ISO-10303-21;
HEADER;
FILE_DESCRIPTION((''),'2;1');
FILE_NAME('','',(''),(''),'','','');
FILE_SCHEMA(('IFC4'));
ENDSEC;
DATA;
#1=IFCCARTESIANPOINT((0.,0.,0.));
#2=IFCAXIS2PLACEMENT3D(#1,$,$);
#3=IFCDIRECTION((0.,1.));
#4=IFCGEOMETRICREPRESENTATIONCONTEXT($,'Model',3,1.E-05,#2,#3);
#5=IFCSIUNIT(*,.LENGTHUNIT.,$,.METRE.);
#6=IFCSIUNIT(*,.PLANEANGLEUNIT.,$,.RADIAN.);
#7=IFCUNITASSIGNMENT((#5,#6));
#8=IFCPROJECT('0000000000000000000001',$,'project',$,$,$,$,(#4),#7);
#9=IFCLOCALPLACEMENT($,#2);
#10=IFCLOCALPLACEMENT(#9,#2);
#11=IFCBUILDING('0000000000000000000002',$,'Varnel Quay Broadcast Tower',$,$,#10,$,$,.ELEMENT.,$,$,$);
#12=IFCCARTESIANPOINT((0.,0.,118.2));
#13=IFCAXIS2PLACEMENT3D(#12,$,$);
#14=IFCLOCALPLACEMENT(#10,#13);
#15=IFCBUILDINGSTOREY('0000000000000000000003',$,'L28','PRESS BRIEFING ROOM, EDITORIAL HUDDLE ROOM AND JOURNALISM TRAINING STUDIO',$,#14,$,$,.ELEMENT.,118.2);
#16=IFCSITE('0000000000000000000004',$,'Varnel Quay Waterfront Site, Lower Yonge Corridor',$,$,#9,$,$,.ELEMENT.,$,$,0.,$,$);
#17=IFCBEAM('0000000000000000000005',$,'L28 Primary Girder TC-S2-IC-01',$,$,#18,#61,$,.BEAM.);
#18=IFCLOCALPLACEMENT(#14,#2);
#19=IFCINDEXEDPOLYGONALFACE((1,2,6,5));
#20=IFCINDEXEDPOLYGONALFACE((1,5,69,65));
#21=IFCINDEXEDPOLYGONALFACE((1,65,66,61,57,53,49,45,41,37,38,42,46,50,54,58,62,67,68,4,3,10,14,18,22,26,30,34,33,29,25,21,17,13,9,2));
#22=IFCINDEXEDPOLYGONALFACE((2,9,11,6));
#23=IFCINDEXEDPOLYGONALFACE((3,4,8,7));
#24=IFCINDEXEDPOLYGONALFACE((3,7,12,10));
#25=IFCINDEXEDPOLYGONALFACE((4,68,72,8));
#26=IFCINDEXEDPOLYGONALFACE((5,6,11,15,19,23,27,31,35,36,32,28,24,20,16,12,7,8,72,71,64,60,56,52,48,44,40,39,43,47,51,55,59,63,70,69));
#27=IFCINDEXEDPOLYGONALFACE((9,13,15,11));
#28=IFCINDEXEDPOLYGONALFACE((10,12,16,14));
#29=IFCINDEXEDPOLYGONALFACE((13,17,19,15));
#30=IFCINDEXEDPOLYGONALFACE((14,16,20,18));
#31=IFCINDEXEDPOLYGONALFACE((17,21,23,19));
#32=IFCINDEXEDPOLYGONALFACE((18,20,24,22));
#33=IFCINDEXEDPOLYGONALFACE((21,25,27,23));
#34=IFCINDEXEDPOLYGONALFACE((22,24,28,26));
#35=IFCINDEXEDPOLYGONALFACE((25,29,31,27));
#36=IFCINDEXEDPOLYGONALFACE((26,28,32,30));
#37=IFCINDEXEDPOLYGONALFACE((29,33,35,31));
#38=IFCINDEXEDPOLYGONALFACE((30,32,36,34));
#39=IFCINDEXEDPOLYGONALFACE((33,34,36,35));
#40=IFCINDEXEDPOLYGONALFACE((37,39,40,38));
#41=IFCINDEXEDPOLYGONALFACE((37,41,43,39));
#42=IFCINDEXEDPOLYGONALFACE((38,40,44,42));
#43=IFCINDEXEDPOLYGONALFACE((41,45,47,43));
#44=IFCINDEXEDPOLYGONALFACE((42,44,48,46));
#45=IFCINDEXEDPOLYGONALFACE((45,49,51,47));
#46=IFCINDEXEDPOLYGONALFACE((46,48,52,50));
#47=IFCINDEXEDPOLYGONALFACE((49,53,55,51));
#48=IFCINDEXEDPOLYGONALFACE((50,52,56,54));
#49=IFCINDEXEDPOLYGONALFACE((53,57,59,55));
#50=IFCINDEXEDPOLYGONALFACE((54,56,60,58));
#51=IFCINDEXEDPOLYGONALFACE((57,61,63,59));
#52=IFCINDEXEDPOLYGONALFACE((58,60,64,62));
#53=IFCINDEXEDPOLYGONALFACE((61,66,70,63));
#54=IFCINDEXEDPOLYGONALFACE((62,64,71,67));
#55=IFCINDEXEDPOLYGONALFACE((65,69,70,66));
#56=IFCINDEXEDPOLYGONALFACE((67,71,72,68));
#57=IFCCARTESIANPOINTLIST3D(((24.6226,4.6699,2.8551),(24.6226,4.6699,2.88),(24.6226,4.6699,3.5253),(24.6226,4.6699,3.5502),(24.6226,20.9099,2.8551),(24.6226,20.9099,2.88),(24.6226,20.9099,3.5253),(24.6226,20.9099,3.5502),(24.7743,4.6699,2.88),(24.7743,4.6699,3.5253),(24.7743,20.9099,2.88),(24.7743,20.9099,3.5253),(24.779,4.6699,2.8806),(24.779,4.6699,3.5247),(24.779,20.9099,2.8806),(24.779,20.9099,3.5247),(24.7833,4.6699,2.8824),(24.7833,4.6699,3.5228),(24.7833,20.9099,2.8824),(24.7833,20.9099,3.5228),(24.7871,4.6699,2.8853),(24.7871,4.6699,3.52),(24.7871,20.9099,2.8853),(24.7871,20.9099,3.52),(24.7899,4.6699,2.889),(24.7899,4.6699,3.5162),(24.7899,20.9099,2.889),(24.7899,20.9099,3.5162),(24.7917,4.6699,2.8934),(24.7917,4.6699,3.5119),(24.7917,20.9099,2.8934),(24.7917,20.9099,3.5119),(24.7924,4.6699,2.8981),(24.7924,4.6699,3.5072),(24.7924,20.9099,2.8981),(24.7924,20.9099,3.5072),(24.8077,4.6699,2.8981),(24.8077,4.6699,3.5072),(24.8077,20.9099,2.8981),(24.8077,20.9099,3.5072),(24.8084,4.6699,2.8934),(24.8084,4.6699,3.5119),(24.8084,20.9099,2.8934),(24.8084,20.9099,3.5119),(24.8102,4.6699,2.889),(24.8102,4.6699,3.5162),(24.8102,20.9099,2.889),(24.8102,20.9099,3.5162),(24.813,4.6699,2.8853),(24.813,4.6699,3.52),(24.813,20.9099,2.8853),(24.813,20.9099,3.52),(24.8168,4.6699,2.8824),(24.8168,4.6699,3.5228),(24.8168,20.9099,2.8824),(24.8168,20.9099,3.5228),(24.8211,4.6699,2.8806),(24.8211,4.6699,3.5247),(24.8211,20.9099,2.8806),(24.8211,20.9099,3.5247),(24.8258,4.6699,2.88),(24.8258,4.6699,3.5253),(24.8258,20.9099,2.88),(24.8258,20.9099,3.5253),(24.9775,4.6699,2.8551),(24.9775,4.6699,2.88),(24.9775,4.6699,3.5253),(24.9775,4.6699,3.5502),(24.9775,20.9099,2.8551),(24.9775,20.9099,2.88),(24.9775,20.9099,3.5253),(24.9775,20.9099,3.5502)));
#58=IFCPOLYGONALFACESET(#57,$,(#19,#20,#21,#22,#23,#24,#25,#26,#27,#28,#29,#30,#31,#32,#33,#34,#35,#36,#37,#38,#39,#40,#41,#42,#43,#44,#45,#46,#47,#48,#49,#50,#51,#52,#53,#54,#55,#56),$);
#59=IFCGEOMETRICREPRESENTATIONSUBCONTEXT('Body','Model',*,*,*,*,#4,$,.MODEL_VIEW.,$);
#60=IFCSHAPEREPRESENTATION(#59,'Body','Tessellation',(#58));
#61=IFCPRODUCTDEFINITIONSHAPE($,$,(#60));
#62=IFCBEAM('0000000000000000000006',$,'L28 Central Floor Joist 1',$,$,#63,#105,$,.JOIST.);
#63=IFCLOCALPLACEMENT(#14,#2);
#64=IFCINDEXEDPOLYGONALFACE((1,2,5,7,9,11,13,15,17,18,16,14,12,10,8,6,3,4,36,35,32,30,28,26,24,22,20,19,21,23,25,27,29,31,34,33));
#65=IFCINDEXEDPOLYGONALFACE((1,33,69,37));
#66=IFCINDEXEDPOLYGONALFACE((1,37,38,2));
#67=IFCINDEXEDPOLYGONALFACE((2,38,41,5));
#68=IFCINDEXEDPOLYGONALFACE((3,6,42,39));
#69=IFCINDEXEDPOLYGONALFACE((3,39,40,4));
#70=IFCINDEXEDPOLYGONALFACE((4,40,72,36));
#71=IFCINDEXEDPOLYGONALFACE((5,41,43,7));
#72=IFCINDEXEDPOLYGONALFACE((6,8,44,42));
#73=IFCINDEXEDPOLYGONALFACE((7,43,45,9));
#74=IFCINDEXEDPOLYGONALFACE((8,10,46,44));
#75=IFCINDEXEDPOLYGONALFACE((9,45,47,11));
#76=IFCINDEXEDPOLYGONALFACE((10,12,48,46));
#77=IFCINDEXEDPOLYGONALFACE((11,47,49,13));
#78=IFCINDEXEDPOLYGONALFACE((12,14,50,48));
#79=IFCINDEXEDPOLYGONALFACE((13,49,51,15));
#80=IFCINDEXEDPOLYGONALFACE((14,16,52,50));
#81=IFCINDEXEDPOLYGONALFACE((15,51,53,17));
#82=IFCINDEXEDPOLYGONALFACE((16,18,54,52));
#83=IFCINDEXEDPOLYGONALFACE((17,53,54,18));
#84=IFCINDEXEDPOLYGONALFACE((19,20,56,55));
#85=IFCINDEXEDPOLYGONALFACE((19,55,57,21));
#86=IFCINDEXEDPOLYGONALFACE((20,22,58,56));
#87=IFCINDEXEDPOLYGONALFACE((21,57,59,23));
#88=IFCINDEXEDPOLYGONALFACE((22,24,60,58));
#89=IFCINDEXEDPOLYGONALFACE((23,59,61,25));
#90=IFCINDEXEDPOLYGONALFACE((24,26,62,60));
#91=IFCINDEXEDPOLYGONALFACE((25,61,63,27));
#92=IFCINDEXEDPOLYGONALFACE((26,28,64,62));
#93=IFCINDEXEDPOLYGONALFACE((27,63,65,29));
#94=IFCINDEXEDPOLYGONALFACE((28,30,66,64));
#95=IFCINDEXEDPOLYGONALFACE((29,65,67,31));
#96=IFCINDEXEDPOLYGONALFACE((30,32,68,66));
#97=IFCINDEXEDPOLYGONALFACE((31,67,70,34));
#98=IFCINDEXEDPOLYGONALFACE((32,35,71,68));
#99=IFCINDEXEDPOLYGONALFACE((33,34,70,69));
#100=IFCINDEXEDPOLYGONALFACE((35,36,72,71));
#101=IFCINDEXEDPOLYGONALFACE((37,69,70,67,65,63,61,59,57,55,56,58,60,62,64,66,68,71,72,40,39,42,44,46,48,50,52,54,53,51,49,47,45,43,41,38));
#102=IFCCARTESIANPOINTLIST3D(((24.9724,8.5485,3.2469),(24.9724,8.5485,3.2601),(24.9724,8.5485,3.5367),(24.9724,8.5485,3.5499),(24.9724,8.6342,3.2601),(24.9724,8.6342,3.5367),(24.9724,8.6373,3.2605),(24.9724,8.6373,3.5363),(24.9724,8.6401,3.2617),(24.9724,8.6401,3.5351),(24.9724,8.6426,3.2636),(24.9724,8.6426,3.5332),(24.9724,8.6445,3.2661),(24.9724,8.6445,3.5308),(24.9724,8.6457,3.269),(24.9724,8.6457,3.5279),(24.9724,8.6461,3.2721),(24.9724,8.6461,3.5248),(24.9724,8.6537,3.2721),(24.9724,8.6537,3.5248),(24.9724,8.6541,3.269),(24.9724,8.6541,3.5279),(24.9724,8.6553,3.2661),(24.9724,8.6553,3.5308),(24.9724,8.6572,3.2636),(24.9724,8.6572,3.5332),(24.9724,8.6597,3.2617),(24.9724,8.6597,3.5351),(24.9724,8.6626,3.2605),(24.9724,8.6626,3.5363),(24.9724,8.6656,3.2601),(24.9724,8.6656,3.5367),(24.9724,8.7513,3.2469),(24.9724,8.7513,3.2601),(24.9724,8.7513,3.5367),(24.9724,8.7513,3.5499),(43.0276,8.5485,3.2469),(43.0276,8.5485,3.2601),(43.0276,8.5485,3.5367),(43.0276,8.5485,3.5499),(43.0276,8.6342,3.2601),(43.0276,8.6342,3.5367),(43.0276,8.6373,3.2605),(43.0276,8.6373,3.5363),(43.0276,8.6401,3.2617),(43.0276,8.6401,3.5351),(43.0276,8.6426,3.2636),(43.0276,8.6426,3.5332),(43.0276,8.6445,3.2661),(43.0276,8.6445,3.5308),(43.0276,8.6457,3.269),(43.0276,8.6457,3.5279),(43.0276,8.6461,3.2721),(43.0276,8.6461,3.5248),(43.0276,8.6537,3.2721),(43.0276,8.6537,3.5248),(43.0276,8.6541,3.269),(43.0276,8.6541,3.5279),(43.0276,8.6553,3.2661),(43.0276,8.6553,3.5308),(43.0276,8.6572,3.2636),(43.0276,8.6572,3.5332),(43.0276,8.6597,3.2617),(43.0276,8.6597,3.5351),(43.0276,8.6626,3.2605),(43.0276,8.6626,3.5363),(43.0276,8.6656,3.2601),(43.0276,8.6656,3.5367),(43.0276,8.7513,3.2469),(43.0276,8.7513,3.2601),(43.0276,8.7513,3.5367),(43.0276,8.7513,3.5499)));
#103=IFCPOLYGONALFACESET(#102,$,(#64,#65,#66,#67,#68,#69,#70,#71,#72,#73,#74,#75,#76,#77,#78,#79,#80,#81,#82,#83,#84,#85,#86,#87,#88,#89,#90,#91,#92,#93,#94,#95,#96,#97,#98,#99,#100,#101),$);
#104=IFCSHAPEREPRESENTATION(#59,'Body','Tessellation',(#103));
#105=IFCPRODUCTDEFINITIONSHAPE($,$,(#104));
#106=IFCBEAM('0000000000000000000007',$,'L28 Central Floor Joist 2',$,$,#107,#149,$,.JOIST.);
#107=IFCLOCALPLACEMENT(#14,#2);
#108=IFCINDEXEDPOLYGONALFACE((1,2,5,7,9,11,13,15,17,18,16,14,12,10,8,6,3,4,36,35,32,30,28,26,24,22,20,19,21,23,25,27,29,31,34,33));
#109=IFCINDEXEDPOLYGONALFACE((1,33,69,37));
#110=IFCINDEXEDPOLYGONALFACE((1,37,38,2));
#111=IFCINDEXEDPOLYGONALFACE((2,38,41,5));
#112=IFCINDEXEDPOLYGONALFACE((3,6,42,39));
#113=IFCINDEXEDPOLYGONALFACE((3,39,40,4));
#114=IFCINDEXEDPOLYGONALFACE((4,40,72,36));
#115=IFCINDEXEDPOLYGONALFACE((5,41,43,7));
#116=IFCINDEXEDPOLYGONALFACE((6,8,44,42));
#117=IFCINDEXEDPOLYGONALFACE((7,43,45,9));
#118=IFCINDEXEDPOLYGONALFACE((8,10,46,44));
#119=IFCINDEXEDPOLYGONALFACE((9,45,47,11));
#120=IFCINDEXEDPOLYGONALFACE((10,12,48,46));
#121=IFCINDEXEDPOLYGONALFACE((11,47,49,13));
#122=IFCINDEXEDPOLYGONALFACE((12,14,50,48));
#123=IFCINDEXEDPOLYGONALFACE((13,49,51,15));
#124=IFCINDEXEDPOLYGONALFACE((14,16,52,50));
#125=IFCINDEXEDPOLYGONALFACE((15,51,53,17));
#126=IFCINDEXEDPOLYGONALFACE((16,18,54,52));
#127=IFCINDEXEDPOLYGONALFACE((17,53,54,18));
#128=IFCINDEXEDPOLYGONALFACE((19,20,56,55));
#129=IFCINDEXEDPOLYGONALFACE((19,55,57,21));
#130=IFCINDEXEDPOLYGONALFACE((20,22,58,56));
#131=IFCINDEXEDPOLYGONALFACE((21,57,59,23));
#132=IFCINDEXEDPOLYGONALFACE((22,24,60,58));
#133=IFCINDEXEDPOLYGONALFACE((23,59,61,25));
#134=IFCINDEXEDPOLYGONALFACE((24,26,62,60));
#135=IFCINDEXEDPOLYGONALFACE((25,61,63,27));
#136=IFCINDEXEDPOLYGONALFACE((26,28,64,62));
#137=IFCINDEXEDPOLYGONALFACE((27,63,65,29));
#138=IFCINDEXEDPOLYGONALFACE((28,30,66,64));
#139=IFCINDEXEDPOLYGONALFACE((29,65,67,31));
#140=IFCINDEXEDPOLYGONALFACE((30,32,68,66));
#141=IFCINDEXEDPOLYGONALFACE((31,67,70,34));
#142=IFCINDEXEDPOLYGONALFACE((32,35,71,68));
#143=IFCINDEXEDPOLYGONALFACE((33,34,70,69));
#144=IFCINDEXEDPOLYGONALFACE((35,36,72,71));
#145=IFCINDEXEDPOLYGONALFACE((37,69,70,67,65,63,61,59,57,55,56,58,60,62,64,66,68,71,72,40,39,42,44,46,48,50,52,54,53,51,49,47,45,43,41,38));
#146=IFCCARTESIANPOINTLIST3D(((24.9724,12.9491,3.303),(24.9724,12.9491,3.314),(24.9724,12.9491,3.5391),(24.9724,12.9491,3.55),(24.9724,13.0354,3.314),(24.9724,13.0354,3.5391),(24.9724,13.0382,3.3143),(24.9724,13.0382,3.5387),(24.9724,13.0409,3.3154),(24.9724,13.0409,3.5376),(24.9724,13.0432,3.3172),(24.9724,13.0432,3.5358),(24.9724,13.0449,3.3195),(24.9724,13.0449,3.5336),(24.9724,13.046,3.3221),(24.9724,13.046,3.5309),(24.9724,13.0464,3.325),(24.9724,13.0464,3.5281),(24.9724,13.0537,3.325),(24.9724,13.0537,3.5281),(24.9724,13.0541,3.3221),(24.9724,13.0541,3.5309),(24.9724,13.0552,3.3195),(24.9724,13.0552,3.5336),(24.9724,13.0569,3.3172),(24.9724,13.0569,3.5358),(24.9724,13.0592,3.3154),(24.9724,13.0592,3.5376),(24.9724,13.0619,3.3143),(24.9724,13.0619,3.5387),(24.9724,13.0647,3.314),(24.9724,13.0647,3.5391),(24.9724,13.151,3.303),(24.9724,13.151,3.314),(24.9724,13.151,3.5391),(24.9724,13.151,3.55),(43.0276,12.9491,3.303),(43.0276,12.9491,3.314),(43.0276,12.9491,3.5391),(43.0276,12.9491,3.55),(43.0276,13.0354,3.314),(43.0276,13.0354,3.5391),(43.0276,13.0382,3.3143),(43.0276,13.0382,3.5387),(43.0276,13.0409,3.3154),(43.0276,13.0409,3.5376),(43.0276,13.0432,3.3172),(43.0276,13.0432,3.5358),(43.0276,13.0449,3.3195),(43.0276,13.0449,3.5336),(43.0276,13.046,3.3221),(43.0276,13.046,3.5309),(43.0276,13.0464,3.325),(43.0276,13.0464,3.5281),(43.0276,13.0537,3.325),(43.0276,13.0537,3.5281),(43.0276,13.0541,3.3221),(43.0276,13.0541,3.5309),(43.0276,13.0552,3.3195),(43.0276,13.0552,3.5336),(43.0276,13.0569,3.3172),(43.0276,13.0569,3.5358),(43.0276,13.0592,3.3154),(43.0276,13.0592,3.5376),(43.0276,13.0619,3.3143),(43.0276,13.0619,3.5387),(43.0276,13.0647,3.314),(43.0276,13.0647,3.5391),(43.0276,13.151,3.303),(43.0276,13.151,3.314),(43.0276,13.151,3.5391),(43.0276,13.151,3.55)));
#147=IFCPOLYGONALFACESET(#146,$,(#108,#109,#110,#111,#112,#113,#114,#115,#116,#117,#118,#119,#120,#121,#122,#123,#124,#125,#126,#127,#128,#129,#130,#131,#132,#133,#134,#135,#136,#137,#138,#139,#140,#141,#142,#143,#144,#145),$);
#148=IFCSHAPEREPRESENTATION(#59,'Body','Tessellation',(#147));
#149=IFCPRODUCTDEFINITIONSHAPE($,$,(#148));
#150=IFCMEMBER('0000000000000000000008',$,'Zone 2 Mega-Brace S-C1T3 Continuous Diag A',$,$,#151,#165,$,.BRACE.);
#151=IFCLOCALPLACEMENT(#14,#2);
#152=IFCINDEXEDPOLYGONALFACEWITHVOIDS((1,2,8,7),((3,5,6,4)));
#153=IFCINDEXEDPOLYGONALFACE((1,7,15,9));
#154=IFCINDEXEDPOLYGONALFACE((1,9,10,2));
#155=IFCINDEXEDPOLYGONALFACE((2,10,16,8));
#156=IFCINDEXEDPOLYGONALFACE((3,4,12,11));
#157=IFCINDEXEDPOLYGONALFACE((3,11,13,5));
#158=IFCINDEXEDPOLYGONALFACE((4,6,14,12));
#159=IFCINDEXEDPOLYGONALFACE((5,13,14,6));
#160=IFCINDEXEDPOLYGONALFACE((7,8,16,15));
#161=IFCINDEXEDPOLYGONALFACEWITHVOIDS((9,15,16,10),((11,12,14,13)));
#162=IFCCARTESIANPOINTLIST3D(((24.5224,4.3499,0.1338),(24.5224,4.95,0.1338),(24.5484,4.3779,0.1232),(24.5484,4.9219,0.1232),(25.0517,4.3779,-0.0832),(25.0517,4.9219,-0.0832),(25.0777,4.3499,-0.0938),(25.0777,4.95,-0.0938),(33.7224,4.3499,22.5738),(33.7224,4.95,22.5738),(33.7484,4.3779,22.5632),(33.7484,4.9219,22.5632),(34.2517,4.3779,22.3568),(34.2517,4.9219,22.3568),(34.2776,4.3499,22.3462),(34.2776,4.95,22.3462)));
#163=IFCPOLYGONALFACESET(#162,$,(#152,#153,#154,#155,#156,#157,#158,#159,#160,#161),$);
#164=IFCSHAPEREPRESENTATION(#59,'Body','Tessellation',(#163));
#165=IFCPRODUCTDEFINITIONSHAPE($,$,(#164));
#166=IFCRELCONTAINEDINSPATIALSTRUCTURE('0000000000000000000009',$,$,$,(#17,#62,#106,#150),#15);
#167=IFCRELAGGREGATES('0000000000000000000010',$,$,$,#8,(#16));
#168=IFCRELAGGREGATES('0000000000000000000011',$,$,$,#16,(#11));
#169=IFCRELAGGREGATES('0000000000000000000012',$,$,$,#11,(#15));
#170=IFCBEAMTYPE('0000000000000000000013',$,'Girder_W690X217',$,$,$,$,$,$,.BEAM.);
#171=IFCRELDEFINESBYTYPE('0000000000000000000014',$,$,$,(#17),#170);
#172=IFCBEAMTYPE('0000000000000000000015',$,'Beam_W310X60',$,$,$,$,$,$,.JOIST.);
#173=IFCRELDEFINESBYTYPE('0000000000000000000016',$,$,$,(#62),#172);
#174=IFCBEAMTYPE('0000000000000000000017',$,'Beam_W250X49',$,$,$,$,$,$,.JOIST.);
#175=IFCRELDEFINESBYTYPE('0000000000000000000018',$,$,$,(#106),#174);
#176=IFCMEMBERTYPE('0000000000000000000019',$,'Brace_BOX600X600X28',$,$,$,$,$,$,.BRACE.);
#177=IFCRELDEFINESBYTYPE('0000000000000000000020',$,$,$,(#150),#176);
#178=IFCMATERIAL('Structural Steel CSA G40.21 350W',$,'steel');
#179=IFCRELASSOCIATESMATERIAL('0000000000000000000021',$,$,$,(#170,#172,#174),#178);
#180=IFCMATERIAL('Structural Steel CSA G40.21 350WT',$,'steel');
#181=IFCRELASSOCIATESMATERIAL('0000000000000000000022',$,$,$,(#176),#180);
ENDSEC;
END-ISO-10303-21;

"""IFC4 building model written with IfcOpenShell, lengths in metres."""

from ifc_helpers import new_model, si_unit, direction, frame, origin, origin_2d, place, context, subcontext, project, spatial, hollow_rectangle, i_section, extrude, source, transform, mapped, material, material_profile, profile_set, type_object, type_shapes, element, save


model = new_model("IFC4")

# Units and contexts
model_context = context("Model", 3, precision=1e-05, world=origin(), true_north=direction((0.0, 1.0)))
body_context = subcontext(model_context, "Body", "Model", "MODEL_VIEW")
ifc_project = project(units=[si_unit("LENGTHUNIT", "METRE"), si_unit("PLANEANGLEUNIT", "RADIAN")], contexts=[model_context])

# Site, building, storey
site_placement = place(None, origin())
site = spatial("IfcSite", under=ifc_project, at=site_placement, Name="Varnel Quay Waterfront Site, Lower Yonge Corridor", CompositionType="ELEMENT", RefElevation=0.0)
building_placement = place(site_placement, origin())
building = spatial("IfcBuilding", under=site, at=building_placement, Name="Varnel Quay Broadcast Tower", CompositionType="ELEMENT")
storey_placement = place(building_placement, frame((0.0, 0.0, 118.2)))
storey = spatial("IfcBuildingStorey", under=building, at=storey_placement, Name="L28", Description="PRESS BRIEFING ROOM, EDITORIAL HUDDLE ROOM AND JOURNALISM TRAINING STUDIO", CompositionType="ELEMENT", Elevation=118.2)

# Shared definitions
ifc_material_1 = material(Name="Structural Steel CSA G40.21 350WT", Category="steel")
ifc_material_2 = material(Name="Structural Steel CSA G40.21 350W", Category="steel")

# Beams
ifc_material_profile_1 = material_profile(ifc_material_2, i_section(OverallWidth=0.355, OverallDepth=0.6951, WebThickness=0.0154, FlangeThickness=0.0249, FilletRadius=0.0181, at=origin_2d()), Name="W690X217")
ifc_profile_set_1 = profile_set([ifc_material_profile_1], Name="Structural Steel CSA G40.21 350W")
beam_type_1 = type_object("IfcBeamType", Name="Girder_W690X217", PredefinedType="BEAM", material=ifc_profile_set_1)
shared_shape_1 = source(origin(), body_context, "Body", "SweptSolid", [
    extrude(i_section(OverallWidth=0.355, OverallDepth=0.6951, WebThickness=0.0154, FlangeThickness=0.0249, FilletRadius=0.0181, at=origin_2d()), origin(), (0.0, 0.0, 1.0), 16.24),
])
type_shapes(beam_type_1, [shared_shape_1])
beam_1_placement = place(storey_placement, frame((24.8, 4.6699, 3.2026), z_axis=(0.0, 1.0, 0.0), x_axis=(-1.0, 0.0, 0.0)))
element("IfcBeam", 1, at=beam_1_placement, inside=storey, type_object=beam_type_1, Name="L28 Primary Girder TC-S2-IC-01", PredefinedType="BEAM", context=body_context, shape_type="MappedRepresentation", body=[
    mapped(shared_shape_1, transform((0.0, 0.0, 0.0), x_axis=(1.0, 0.0, 0.0), y_axis=(0.0, 1.0, 0.0), z_axis=(0.0, 0.0, 1.0), scale=1.0)),
])
ifc_material_profile_2 = material_profile(ifc_material_2, i_section(OverallWidth=0.2029, OverallDepth=0.303, WebThickness=0.0076, FlangeThickness=0.0132, FilletRadius=0.012, at=origin_2d()), Name="W310X60")
ifc_profile_set_2 = profile_set([ifc_material_profile_2], Name="Structural Steel CSA G40.21 350W")
beam_type_2 = type_object("IfcBeamType", Name="Beam_W310X60", PredefinedType="JOIST", material=ifc_profile_set_2)
shared_shape_2 = source(origin(), body_context, "Body", "SweptSolid", [
    extrude(i_section(OverallWidth=0.2029, OverallDepth=0.303, WebThickness=0.0076, FlangeThickness=0.0132, FilletRadius=0.012, at=origin_2d()), origin(), (0.0, 0.0, 1.0), 18.0552),
])
type_shapes(beam_type_2, [shared_shape_2])
beam_2_placement = place(storey_placement, frame((24.9724, 8.6499, 3.3984), z_axis=(1.0, 0.0, 0.0), x_axis=(0.0, 1.0, 0.0)))
element("IfcBeam", 2, at=beam_2_placement, inside=storey, type_object=beam_type_2, Name="L28 Central Floor Joist 1", PredefinedType="JOIST", context=body_context, shape_type="MappedRepresentation", body=[
    mapped(shared_shape_2, transform((0.0, 0.0, 0.0), x_axis=(1.0, 0.0, 0.0), y_axis=(0.0, 1.0, 0.0), z_axis=(0.0, 0.0, 1.0), scale=1.0)),
])
ifc_material_profile_3 = material_profile(ifc_material_2, i_section(OverallWidth=0.2019, OverallDepth=0.2471, WebThickness=0.0073, FlangeThickness=0.011, FilletRadius=0.011, at=origin_2d()), Name="W250X49")
ifc_profile_set_3 = profile_set([ifc_material_profile_3], Name="Structural Steel CSA G40.21 350W")
beam_type_3 = type_object("IfcBeamType", Name="Beam_W250X49", PredefinedType="JOIST", material=ifc_profile_set_3)
shared_shape_3 = source(origin(), body_context, "Body", "SweptSolid", [
    extrude(i_section(OverallWidth=0.2019, OverallDepth=0.2471, WebThickness=0.0073, FlangeThickness=0.011, FilletRadius=0.011, at=origin_2d()), origin(), (0.0, 0.0, 1.0), 18.0552),
])
type_shapes(beam_type_3, [shared_shape_3])
beam_3_placement = place(storey_placement, frame((24.9724, 13.05, 3.4265), z_axis=(1.0, 0.0, 0.0), x_axis=(0.0, 1.0, 0.0)))
element("IfcBeam", 3, at=beam_3_placement, inside=storey, type_object=beam_type_3, Name="L28 Central Floor Joist 2", PredefinedType="JOIST", context=body_context, shape_type="MappedRepresentation", body=[
    mapped(shared_shape_3, transform((0.0, 0.0, 0.0), x_axis=(1.0, 0.0, 0.0), y_axis=(0.0, 1.0, 0.0), z_axis=(0.0, 0.0, 1.0), scale=1.0)),
])

# Member
ifc_material_profile_4 = material_profile(ifc_material_1, hollow_rectangle(XDim=0.6001, YDim=0.6001, WallThickness=0.0281, at=origin_2d()), Name="BOX600X600X28")
ifc_profile_set_4 = profile_set([ifc_material_profile_4], Name="Structural Steel CSA G40.21 350WT")
member_type_1 = type_object("IfcMemberType", Name="Brace_BOX600X600X28", PredefinedType="BRACE", material=ifc_profile_set_4)
shared_shape_4 = source(origin(), body_context, "Body", "SweptSolid", [
    extrude(hollow_rectangle(XDim=0.6001, YDim=0.6001, WallThickness=0.0281, at=origin_2d()), origin(), (0.0, 0.0, 1.0), 24.2527),
])
type_shapes(member_type_1, [shared_shape_4])
member_1_placement = place(storey_placement, frame((24.8, 4.6499, 0.02), z_axis=(0.379338, 0.0, 0.925258), x_axis=(0.0, 1.0, 0.0)))
element("IfcMember", 4, at=member_1_placement, inside=storey, type_object=member_type_1, Name="Zone 2 Mega-Brace S-C1T3 Continuous Diag A", PredefinedType="BRACE", context=body_context, shape_type="MappedRepresentation", body=[
    mapped(shared_shape_4, transform((0.0, 0.0, 0.0), x_axis=(1.0, 0.0, 0.0), y_axis=(0.0, 1.0, 0.0), z_axis=(0.0, 0.0, 1.0), scale=1.0)),
])

save(model, "model.ifc")
